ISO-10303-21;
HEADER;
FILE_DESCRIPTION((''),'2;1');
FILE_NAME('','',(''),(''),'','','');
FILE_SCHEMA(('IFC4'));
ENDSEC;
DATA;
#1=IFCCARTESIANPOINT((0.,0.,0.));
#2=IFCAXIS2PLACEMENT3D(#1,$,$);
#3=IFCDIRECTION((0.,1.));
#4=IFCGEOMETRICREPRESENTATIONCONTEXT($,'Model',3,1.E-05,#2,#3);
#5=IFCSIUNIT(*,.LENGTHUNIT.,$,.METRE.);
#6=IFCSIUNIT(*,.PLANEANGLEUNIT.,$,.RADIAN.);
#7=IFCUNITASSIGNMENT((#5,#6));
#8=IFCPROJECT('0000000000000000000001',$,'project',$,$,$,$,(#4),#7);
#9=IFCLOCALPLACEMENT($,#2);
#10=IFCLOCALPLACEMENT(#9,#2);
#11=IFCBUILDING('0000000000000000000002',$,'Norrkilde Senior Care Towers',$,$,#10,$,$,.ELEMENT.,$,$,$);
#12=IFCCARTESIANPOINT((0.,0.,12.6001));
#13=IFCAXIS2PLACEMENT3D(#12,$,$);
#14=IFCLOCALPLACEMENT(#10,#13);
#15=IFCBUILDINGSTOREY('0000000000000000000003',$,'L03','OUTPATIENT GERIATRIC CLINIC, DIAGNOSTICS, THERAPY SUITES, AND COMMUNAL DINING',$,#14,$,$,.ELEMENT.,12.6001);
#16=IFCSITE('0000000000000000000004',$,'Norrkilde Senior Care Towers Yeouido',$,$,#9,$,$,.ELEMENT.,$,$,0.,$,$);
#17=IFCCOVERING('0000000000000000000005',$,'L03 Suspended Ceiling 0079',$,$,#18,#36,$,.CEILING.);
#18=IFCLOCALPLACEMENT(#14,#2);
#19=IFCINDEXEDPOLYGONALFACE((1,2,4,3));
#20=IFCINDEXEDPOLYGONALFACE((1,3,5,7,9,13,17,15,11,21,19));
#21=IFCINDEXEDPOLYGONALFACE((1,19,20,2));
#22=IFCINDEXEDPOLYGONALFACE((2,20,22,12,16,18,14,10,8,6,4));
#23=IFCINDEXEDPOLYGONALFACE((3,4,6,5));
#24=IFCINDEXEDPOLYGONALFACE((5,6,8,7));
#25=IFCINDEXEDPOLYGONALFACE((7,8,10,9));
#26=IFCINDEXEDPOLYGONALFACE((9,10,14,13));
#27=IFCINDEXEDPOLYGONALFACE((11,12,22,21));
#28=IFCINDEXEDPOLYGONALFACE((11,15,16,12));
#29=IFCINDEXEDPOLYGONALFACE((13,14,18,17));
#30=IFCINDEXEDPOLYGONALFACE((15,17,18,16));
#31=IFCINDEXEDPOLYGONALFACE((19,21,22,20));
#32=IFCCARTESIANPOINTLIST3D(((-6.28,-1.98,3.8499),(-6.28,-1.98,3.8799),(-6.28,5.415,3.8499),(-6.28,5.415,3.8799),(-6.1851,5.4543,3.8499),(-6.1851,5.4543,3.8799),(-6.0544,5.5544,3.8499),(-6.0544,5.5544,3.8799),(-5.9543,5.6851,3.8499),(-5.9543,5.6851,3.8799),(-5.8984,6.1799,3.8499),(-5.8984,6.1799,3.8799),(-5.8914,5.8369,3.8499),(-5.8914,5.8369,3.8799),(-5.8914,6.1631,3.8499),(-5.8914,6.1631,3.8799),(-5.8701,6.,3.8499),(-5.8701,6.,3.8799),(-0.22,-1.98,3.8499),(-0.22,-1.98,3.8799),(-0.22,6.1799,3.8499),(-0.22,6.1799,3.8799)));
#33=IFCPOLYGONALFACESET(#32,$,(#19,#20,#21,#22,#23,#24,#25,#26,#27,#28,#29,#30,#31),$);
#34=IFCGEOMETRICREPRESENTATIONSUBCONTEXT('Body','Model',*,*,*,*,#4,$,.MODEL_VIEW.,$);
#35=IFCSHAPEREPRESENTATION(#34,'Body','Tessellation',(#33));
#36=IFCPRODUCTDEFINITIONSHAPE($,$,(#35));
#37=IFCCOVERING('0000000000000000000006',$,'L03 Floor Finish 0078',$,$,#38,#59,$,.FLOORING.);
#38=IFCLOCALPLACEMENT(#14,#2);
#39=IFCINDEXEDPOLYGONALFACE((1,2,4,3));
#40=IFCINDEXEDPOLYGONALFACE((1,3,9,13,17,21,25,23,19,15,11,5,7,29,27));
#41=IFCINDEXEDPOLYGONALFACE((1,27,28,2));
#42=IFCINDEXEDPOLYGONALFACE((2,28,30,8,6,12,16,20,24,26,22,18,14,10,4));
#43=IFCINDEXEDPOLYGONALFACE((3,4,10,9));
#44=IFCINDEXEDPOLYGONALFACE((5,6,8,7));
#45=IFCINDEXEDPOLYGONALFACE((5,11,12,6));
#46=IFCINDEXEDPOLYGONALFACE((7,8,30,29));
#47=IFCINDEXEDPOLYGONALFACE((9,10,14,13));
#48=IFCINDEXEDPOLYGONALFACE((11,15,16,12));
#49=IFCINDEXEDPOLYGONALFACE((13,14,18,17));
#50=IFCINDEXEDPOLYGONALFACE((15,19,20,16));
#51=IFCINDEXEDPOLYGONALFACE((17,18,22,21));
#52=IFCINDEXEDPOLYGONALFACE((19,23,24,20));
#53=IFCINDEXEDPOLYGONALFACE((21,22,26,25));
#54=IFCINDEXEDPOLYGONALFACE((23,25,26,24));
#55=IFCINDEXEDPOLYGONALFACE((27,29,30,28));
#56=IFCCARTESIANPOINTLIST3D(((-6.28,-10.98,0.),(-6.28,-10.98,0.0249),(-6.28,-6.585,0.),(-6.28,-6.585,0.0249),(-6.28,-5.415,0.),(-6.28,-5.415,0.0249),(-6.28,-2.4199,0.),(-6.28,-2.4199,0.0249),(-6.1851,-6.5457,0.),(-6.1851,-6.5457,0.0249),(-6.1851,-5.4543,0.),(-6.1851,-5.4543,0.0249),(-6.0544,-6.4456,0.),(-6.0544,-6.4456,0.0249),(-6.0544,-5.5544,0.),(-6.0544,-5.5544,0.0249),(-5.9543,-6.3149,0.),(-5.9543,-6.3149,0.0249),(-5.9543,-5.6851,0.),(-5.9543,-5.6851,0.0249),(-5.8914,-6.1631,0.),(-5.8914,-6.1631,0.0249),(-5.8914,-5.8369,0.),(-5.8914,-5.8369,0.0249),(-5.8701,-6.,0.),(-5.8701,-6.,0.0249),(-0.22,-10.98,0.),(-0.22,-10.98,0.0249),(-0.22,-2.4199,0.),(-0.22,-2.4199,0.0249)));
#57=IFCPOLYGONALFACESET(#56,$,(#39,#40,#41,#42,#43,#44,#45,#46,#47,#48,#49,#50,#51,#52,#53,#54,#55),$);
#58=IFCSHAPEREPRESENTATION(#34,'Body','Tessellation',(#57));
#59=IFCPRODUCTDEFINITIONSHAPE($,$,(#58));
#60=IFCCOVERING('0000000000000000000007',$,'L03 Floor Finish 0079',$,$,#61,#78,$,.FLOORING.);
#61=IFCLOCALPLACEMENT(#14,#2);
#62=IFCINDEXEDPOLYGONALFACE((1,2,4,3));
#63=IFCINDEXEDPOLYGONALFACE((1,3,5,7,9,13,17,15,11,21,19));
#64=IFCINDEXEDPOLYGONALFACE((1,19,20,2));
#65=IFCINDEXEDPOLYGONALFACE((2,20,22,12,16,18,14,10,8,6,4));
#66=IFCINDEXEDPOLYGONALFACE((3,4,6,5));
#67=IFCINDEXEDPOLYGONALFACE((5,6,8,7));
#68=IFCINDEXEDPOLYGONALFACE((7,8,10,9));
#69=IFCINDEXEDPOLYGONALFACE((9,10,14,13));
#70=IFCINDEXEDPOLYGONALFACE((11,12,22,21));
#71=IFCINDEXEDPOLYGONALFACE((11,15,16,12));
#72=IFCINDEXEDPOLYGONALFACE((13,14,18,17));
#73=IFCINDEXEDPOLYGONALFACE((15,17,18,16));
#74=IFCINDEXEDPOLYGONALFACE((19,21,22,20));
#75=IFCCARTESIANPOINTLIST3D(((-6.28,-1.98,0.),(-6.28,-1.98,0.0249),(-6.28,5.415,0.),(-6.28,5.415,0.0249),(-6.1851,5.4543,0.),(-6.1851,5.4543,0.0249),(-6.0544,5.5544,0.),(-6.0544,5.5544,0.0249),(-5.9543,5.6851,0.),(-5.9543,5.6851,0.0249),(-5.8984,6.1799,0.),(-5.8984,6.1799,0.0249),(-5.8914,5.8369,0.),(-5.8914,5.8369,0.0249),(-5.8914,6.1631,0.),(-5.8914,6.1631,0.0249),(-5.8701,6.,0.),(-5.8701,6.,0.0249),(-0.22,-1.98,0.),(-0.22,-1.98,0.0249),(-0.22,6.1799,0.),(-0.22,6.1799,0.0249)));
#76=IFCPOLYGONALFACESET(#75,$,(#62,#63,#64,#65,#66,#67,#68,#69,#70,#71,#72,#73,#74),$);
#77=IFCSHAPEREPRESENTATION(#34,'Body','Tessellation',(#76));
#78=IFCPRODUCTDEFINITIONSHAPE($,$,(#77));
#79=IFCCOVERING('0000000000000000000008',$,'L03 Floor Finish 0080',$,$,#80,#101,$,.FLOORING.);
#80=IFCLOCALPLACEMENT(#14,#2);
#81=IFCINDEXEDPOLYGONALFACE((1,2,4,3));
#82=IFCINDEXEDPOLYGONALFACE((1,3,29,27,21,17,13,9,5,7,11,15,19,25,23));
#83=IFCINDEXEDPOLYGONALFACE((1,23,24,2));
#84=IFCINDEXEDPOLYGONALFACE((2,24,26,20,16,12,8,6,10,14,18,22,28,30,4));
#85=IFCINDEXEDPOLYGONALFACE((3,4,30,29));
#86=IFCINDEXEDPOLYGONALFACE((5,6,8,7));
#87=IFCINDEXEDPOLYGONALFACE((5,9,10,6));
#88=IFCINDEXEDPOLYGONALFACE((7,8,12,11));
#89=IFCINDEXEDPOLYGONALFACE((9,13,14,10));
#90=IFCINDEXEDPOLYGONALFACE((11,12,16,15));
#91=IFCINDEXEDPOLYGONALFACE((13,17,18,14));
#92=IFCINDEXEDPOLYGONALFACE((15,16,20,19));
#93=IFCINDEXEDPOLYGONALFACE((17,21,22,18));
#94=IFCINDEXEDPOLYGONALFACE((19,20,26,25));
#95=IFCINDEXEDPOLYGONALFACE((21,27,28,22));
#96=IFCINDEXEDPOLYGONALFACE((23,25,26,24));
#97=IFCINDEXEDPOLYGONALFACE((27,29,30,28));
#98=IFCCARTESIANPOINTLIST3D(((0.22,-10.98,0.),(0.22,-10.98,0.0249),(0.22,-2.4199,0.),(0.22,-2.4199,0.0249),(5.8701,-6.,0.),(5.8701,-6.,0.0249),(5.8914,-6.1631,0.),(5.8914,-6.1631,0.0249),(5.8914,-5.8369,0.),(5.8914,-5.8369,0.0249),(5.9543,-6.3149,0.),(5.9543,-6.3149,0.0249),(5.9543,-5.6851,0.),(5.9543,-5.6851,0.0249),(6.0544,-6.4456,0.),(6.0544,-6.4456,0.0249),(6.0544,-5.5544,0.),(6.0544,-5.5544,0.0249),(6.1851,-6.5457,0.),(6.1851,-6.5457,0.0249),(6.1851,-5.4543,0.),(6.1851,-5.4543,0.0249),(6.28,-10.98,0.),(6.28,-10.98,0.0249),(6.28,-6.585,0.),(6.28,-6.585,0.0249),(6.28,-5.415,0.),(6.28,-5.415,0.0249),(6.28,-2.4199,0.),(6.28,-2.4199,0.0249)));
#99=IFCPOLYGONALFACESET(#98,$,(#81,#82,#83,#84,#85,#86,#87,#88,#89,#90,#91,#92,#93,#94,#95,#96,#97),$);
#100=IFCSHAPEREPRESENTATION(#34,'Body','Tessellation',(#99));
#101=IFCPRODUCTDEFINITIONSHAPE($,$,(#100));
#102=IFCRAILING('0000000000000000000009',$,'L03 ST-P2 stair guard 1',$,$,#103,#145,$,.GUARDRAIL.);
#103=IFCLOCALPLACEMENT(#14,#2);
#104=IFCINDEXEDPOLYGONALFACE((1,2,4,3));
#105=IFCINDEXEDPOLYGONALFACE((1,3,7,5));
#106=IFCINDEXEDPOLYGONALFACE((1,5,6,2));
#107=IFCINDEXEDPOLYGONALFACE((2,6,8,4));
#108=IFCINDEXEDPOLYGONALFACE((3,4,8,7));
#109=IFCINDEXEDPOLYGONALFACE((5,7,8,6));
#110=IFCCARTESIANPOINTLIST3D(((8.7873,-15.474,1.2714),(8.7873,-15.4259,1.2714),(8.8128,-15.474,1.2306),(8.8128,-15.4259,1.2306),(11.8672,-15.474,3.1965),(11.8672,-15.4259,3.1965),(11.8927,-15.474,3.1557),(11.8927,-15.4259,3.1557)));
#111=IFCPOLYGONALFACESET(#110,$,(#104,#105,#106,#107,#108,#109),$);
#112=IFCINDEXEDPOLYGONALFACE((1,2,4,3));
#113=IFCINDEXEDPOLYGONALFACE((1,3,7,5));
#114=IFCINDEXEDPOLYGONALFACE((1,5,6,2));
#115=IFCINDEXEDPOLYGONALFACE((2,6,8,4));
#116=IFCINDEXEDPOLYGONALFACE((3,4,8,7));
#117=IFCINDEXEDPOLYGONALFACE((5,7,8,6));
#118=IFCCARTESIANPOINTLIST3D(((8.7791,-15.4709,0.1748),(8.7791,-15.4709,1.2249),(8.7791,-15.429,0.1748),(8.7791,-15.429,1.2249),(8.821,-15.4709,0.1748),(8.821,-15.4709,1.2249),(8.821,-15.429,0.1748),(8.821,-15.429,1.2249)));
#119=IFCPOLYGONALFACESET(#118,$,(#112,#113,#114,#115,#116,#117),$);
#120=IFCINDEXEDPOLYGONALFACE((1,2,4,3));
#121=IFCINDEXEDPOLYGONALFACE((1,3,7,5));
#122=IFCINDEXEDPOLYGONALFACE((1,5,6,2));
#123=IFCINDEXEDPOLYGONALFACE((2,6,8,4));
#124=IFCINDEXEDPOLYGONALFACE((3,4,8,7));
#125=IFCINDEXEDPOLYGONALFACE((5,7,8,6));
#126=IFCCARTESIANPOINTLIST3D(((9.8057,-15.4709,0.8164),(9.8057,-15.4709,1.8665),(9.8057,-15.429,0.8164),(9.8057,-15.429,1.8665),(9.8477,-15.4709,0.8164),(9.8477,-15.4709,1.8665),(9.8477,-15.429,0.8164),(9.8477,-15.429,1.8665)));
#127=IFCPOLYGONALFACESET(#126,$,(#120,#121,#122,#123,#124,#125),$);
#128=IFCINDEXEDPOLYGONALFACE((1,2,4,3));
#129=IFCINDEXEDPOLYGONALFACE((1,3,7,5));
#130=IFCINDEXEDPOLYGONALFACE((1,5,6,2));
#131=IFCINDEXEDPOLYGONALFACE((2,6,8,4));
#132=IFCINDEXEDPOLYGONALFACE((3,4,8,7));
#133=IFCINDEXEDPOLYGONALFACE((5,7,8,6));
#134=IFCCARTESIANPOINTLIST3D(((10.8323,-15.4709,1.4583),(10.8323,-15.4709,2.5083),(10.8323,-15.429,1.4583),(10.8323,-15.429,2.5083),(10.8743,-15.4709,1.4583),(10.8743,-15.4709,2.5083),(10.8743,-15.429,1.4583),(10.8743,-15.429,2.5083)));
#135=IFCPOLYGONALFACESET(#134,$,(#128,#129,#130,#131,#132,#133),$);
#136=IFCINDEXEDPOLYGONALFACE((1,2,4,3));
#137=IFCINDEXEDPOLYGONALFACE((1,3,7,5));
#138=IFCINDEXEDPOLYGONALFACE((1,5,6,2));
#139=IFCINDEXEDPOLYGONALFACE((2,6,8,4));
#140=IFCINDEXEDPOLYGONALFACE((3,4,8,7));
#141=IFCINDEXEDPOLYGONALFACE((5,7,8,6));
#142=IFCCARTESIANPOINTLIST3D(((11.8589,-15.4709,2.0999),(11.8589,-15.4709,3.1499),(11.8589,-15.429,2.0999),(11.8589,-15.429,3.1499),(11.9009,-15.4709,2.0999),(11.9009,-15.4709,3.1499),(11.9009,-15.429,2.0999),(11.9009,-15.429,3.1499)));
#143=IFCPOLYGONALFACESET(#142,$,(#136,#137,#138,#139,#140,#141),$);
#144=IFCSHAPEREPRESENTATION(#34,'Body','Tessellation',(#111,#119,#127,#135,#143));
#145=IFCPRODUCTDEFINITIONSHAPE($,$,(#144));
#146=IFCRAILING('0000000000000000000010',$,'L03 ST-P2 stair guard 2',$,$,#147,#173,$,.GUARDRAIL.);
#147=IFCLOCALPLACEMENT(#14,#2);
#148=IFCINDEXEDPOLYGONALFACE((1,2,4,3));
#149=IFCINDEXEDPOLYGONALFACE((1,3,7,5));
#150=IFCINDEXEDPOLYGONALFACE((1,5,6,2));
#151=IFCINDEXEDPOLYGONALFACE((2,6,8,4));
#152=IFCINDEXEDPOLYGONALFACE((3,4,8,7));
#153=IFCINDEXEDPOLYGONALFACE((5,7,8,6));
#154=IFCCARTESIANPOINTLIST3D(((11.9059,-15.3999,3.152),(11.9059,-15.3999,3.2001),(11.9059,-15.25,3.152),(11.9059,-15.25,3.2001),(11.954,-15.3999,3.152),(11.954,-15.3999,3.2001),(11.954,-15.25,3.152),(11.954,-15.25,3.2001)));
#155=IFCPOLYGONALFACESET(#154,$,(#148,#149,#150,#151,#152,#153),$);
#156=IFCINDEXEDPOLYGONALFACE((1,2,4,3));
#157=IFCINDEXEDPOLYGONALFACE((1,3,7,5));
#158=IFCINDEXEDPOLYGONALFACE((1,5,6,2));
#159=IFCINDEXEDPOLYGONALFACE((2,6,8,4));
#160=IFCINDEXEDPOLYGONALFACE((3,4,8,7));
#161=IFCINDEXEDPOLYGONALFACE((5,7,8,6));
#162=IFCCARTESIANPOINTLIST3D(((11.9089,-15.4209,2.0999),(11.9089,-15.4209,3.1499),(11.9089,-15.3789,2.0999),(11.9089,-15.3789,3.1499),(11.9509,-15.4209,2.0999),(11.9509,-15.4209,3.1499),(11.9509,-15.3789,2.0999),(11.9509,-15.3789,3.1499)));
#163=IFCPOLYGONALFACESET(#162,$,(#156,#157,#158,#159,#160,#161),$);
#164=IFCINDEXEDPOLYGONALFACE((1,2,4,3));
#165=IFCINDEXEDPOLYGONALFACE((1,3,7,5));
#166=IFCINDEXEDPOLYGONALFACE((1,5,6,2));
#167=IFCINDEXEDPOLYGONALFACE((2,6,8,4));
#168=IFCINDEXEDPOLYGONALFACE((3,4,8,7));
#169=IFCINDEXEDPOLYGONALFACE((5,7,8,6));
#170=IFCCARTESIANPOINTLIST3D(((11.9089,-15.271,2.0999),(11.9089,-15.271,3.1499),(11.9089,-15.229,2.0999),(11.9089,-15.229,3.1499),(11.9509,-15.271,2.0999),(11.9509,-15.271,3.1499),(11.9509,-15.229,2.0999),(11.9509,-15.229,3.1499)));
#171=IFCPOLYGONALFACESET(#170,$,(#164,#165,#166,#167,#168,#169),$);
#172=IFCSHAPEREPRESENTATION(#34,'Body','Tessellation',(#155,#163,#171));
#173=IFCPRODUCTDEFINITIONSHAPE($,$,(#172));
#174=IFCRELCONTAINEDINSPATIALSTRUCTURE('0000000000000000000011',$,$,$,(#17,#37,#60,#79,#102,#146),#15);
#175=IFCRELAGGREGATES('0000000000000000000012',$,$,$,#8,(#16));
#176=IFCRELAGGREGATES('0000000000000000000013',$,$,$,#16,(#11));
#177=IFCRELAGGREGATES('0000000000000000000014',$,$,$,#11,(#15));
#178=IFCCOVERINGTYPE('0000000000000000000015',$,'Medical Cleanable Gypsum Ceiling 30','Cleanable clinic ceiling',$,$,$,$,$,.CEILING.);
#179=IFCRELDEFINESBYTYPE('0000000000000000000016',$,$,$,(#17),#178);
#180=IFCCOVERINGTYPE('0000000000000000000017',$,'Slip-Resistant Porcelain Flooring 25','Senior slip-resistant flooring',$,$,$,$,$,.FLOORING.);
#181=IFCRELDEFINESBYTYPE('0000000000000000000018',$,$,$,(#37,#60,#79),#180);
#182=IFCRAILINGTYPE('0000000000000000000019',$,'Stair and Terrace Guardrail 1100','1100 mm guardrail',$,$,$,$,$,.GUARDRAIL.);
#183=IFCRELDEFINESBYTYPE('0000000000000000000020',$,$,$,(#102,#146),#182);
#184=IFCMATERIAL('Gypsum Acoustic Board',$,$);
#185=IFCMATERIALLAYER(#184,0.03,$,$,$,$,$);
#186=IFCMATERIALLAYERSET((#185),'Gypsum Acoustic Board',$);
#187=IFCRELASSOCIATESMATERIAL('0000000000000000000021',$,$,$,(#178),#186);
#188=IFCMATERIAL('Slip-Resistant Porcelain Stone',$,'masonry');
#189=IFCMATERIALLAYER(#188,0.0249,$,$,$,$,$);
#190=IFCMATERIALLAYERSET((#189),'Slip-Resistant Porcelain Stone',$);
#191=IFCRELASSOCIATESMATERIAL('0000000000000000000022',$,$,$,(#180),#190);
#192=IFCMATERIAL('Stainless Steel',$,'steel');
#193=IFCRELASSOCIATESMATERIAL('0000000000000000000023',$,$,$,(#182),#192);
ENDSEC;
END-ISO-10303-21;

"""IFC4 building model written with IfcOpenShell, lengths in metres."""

from ifc_helpers import new_model, si_unit, direction, frame, origin, origin_2d, place, context, subcontext, project, spatial, polyline, rectangle, outline, extrude, material, layer, layer_set, type_object, element, save


model = new_model("IFC4")

# Units and contexts
model_context = context("Model", 3, precision=1e-05, world=origin(), true_north=direction((0.0, 1.0)))
body_context = subcontext(model_context, "Body", "Model", "MODEL_VIEW")
ifc_project = project(units=[si_unit("LENGTHUNIT", "METRE"), si_unit("PLANEANGLEUNIT", "RADIAN")], contexts=[model_context])

# Site, building, storey
site_placement = place(None, origin())
site = spatial("IfcSite", under=ifc_project, at=site_placement, Name="Norrkilde Senior Care Towers Yeouido", CompositionType="ELEMENT", RefElevation=0.0)
building_placement = place(site_placement, origin())
building = spatial("IfcBuilding", under=site, at=building_placement, Name="Norrkilde Senior Care Towers", CompositionType="ELEMENT")
storey_placement = place(building_placement, frame((0.0, 0.0, 12.6001)))
storey = spatial("IfcBuildingStorey", under=building, at=storey_placement, Name="L03", Description="OUTPATIENT GERIATRIC CLINIC, DIAGNOSTICS, THERAPY SUITES, AND COMMUNAL DINING", CompositionType="ELEMENT", Elevation=12.6001)

# Shared definitions
ifc_material_1 = material(Name="Gypsum Acoustic Board")

# Coverings
ifc_layer_1 = layer(ifc_material_1, 0.03)
ifc_layer_set_1 = layer_set([ifc_layer_1], Name="Gypsum Acoustic Board")
covering_type_1 = type_object("IfcCoveringType", Name="Medical Cleanable Gypsum Ceiling 30", Description="Cleanable clinic ceiling", PredefinedType="CEILING", material=ifc_layer_set_1)
covering_1_placement = place(storey_placement, frame((0.0, 0.0, 3.8499)))
element("IfcCovering", 1, at=covering_1_placement, inside=storey, type_object=covering_type_1, Name="L03 Suspended Ceiling 0079", PredefinedType="CEILING", context=body_context, shape_type="SweptSolid", body=[
    extrude(outline(polyline([(-0.22, -1.98), (-6.28, -1.98), (-6.28, 5.415), (-6.1851, 5.4543), (-6.0544, 5.5544), (-5.9543, 5.6851), (-5.8914, 5.8369), (-5.8701, 6.0), (-5.8914, 6.1631), (-5.8984, 6.1799), (-0.22, 6.1799), (-0.22, -1.98)])), origin(), (0.0, 0.0, 1.0), 0.03),
])
ifc_material_2 = material(Name="Slip-Resistant Porcelain Stone", Category="masonry")
ifc_layer_2 = layer(ifc_material_2, 0.0249)
ifc_layer_set_2 = layer_set([ifc_layer_2], Name="Slip-Resistant Porcelain Stone")
covering_type_2 = type_object("IfcCoveringType", Name="Slip-Resistant Porcelain Flooring 25", Description="Senior slip-resistant flooring", PredefinedType="FLOORING", material=ifc_layer_set_2)
covering_2_placement = place(storey_placement, origin())
element("IfcCovering", 2, at=covering_2_placement, inside=storey, type_object=covering_type_2, Name="L03 Floor Finish 0078", PredefinedType="FLOORING", context=body_context, shape_type="SweptSolid", body=[
    extrude(outline(polyline([(-0.22, -10.98), (-6.28, -10.98), (-6.28, -6.585), (-6.1851, -6.5457), (-6.0544, -6.4456), (-5.9543, -6.3149), (-5.8914, -6.1631), (-5.8701, -6.0), (-5.8914, -5.8369), (-5.9543, -5.6851), (-6.0544, -5.5544), (-6.1851, -5.4543), (-6.28, -5.415), (-6.28, -2.4199), (-0.22, -2.4199), (-0.22, -10.98)])), origin(), (0.0, 0.0, 1.0), 0.0249),
])
covering_3_placement = place(storey_placement, origin())
element("IfcCovering", 3, at=covering_3_placement, inside=storey, type_object=covering_type_2, Name="L03 Floor Finish 0079", PredefinedType="FLOORING", context=body_context, shape_type="SweptSolid", body=[
    extrude(outline(polyline([(-0.22, -1.98), (-6.28, -1.98), (-6.28, 5.415), (-6.1851, 5.4543), (-6.0544, 5.5544), (-5.9543, 5.6851), (-5.8914, 5.8369), (-5.8701, 6.0), (-5.8914, 6.1631), (-5.8984, 6.1799), (-0.22, 6.1799), (-0.22, -1.98)])), origin(), (0.0, 0.0, 1.0), 0.0249),
])
covering_4_placement = place(storey_placement, origin())
element("IfcCovering", 4, at=covering_4_placement, inside=storey, type_object=covering_type_2, Name="L03 Floor Finish 0080", PredefinedType="FLOORING", context=body_context, shape_type="SweptSolid", body=[
    extrude(outline(polyline([(6.28, -5.415), (6.1851, -5.4543), (6.0544, -5.5544), (5.9543, -5.6851), (5.8914, -5.8369), (5.8701, -6.0), (5.8914, -6.1631), (5.9543, -6.3149), (6.0544, -6.4456), (6.1851, -6.5457), (6.28, -6.585), (6.28, -10.98), (0.22, -10.98), (0.22, -2.4199), (6.28, -2.4199), (6.28, -5.415)])), origin(), (0.0, 0.0, 1.0), 0.0249),
])

# Railings
ifc_material_3 = material(Name="Stainless Steel", Category="steel")
railing_type_1 = type_object("IfcRailingType", Name="Stair and Terrace Guardrail 1100", Description="1100 mm guardrail", PredefinedType="GUARDRAIL", material=ifc_material_3)
railing_1_placement = place(storey_placement, frame((8.8, -15.45, 0.1748)))
element("IfcRailing", 5, at=railing_1_placement, inside=storey, type_object=railing_type_1, Name="L03 ST-P2 stair guard 1", PredefinedType="GUARDRAIL", context=body_context, shape_type="SweptSolid", body=[
    extrude(rectangle(XDim=0.0481, YDim=0.0481, at=origin_2d()), frame((0.0, 0.0, 1.0762), z_axis=(0.847979, 0.0, 0.530029), x_axis=(0.0, 1.0, 0.0)), (0.0, 0.0, 1.0), 3.6321),
    extrude(rectangle(XDim=0.042, YDim=0.042, at=origin_2d()), origin(), (0.0, 0.0, 1.0), 1.05),
    extrude(rectangle(XDim=0.042, YDim=0.042, at=origin_2d()), frame((1.0266, 0.0, 0.6416)), (0.0, 0.0, 1.0), 1.05),
    extrude(rectangle(XDim=0.042, YDim=0.042, at=origin_2d()), frame((2.0532, 0.0, 1.2834)), (0.0, 0.0, 1.0), 1.05),
    extrude(rectangle(XDim=0.042, YDim=0.042, at=origin_2d()), frame((3.0798, 0.0, 1.925)), (0.0, 0.0, 1.0), 1.05),
])
railing_2_placement = place(storey_placement, frame((11.9299, -15.3999, 2.0999)))
element("IfcRailing", 6, at=railing_2_placement, inside=storey, type_object=railing_type_1, Name="L03 ST-P2 stair guard 2", PredefinedType="GUARDRAIL", context=body_context, shape_type="SweptSolid", body=[
    extrude(rectangle(XDim=0.0481, YDim=0.0481, at=origin_2d()), frame((0.0, 0.0, 1.0762), z_axis=(0.0, 1.0, 0.0), x_axis=(-1.0, 0.0, 0.0)), (0.0, 0.0, 1.0), 0.1499),
    extrude(rectangle(XDim=0.042, YDim=0.042, at=origin_2d()), origin(), (0.0, 0.0, 1.0), 1.05),
    extrude(rectangle(XDim=0.042, YDim=0.042, at=origin_2d()), frame((0.0, 0.1499, 0.0)), (0.0, 0.0, 1.0), 1.05),
])

save(model, "model.ifc")
